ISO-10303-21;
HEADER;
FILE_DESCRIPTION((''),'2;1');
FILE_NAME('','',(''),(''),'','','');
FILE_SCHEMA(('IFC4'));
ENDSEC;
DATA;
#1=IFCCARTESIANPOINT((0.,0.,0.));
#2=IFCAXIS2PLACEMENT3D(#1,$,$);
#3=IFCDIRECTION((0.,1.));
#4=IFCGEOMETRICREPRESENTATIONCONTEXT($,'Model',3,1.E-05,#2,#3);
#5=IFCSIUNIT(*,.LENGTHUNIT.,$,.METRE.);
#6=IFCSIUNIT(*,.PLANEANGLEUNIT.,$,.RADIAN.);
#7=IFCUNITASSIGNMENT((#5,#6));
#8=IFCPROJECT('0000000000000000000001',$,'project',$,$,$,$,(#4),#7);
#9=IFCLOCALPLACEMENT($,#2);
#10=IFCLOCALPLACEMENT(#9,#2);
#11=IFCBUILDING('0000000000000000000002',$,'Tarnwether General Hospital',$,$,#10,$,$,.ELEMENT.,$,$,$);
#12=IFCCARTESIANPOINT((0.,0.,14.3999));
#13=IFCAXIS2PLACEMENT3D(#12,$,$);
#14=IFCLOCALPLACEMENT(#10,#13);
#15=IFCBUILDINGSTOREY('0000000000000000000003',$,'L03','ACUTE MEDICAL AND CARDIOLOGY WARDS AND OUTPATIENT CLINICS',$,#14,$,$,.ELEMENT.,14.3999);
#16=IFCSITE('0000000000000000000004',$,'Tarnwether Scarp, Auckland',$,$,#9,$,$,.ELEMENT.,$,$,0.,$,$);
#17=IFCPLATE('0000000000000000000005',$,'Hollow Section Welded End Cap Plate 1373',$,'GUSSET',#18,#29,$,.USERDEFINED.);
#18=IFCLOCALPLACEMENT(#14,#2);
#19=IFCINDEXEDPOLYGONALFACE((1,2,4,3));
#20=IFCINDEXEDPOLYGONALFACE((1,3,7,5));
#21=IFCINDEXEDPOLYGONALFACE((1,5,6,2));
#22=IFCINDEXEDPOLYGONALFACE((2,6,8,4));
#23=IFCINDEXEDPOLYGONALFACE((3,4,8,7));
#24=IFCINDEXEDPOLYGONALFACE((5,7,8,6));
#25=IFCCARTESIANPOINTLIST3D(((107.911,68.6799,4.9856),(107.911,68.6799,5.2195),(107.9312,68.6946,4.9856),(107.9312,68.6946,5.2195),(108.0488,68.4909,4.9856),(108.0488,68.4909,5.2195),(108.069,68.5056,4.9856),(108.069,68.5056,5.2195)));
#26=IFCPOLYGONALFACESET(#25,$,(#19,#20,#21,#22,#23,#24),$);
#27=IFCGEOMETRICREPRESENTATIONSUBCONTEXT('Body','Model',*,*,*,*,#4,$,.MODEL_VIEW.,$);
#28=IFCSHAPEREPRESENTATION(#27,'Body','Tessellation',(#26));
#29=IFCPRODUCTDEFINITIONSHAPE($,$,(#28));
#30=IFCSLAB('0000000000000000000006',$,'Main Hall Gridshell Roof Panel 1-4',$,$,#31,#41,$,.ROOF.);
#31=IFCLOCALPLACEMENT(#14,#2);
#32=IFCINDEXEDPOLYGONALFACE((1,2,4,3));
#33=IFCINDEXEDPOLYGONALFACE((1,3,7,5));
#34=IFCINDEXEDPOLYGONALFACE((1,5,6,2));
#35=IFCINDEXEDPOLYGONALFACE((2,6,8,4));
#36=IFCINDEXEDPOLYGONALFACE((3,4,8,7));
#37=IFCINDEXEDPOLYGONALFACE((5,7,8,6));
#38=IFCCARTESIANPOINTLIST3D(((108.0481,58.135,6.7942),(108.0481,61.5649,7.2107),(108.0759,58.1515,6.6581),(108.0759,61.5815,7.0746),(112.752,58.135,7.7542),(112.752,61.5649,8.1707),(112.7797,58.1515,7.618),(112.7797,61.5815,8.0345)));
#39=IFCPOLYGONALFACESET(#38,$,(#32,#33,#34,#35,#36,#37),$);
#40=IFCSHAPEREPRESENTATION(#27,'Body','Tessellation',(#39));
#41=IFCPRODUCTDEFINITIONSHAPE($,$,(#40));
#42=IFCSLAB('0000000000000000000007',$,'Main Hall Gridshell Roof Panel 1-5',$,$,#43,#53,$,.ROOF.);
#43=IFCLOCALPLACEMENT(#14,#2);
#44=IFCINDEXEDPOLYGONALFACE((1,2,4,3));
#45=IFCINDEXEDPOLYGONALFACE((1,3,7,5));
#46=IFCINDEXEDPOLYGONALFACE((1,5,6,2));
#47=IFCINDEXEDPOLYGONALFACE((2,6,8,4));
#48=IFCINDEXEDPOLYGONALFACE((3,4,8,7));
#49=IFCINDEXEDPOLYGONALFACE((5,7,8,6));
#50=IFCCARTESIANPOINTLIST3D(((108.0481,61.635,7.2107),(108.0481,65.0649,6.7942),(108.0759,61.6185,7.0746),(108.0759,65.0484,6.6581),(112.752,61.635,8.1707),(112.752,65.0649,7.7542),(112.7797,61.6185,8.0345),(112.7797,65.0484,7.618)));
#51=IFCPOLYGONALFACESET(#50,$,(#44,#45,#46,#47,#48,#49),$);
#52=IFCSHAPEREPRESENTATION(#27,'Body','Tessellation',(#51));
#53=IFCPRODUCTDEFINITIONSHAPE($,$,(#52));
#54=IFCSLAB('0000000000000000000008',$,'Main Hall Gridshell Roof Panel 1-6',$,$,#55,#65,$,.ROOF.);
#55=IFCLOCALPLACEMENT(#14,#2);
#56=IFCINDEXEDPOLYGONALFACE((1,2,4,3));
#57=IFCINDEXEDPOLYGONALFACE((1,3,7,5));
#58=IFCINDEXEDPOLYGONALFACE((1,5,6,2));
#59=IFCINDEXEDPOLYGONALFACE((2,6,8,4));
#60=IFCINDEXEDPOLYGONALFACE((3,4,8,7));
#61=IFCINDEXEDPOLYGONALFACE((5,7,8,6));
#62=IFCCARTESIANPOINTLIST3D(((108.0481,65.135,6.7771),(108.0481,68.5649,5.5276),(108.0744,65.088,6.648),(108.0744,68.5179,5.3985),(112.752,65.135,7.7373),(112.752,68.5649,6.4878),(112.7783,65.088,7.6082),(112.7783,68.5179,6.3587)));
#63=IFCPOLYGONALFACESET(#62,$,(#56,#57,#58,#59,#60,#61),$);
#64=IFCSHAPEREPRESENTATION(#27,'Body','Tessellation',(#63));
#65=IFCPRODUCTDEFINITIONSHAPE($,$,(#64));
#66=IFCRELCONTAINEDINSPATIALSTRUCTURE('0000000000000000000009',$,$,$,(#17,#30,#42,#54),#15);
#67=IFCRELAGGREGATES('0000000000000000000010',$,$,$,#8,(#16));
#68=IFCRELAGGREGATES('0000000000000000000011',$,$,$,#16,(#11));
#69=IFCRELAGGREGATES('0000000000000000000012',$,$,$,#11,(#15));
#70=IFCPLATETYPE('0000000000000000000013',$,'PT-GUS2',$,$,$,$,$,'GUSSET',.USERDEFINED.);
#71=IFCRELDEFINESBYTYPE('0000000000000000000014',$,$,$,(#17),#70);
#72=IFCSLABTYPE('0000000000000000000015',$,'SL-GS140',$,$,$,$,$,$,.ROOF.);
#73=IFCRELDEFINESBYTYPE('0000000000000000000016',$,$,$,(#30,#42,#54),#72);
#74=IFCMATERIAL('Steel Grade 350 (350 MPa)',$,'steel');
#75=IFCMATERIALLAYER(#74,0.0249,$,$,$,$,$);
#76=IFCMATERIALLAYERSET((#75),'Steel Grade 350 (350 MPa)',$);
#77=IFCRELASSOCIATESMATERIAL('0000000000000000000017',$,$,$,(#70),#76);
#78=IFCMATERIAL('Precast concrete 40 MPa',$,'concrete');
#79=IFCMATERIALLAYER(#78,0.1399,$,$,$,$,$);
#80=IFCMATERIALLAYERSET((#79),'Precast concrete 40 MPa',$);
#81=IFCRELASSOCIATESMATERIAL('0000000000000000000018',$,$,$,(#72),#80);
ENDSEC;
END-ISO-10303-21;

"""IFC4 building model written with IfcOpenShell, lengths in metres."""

from ifc_helpers import new_model, si_unit, direction, frame, origin, origin_2d, place, context, subcontext, project, spatial, polyline, rectangle, outline, extrude, material, layer, layer_set, type_object, element, save


model = new_model("IFC4")

# Units and contexts
model_context = context("Model", 3, precision=1e-05, world=origin(), true_north=direction((0.0, 1.0)))
body_context = subcontext(model_context, "Body", "Model", "MODEL_VIEW")
ifc_project = project(units=[si_unit("LENGTHUNIT", "METRE"), si_unit("PLANEANGLEUNIT", "RADIAN")], contexts=[model_context])

# Site, building, storey
site_placement = place(None, origin())
site = spatial("IfcSite", under=ifc_project, at=site_placement, Name="Tarnwether Scarp, Auckland", CompositionType="ELEMENT", RefElevation=0.0)
building_placement = place(site_placement, origin())
building = spatial("IfcBuilding", under=site, at=building_placement, Name="Tarnwether General Hospital", CompositionType="ELEMENT")
storey_placement = place(building_placement, frame((0.0, 0.0, 14.3999)))
storey = spatial("IfcBuildingStorey", under=building, at=storey_placement, Name="L03", Description="ACUTE MEDICAL AND CARDIOLOGY WARDS AND OUTPATIENT CLINICS", CompositionType="ELEMENT", Elevation=14.3999)

# Plate
ifc_material_1 = material(Name="Steel Grade 350 (350 MPa)", Category="steel")
ifc_layer_1 = layer(ifc_material_1, 0.0249)
ifc_layer_set_1 = layer_set([ifc_layer_1], Name="Steel Grade 350 (350 MPa)")
plate_type = type_object("IfcPlateType", Name="PT-GUS2", ElementType="GUSSET", PredefinedType="USERDEFINED", material=ifc_layer_set_1)
plate_1_placement = place(storey_placement, frame((107.99, 68.5928, 4.9856), z_axis=(0.0, 0.0, 1.0), x_axis=(0.80801, 0.589168, 0.0)))
element("IfcPlate", 1, at=plate_1_placement, inside=storey, type_object=plate_type, Name="Hollow Section Welded End Cap Plate 1373", ObjectType="GUSSET", PredefinedType="USERDEFINED", context=body_context, shape_type="SweptSolid", body=[
    extrude(rectangle(XDim=0.0249, YDim=0.2339, at=origin_2d()), origin(), (0.0, 0.0, 1.0), 0.2339),
])

# Slabs
ifc_material_2 = material(Name="Precast concrete 40 MPa", Category="concrete")
ifc_layer_2 = layer(ifc_material_2, 0.1399)
ifc_layer_set_2 = layer_set([ifc_layer_2], Name="Precast concrete 40 MPa")
slab_type = type_object("IfcSlabType", Name="SL-GS140", PredefinedType="ROOF", material=ifc_layer_set_2)
slab_1_placement = place(storey_placement, frame((108.0481, 58.135, 6.7942), z_axis=(-0.198558, -0.118146, 0.972942), x_axis=(0.979804, 0.0, 0.199958)))
element("IfcSlab", 2, at=slab_1_placement, inside=storey, type_object=slab_type, Name="Main Hall Gridshell Roof Panel 1-4", PredefinedType="ROOF", context=body_context, shape_type="SweptSolid", body=[
    extrude(outline(polyline([(0.0, 0.0), (4.8008, 0.0), (4.8841, 3.4541), (0.0833, 3.4541), (0.0, 0.0)])), origin(), (0.0, 0.0, -1.0), 0.1399),
])
slab_2_placement = place(storey_placement, frame((108.0481, 61.635, 7.2107), z_axis=(-0.198558, 0.118146, 0.972942), x_axis=(0.979804, 0.0, 0.199958)))
element("IfcSlab", 3, at=slab_2_placement, inside=storey, type_object=slab_type, Name="Main Hall Gridshell Roof Panel 1-5", PredefinedType="ROOF", context=body_context, shape_type="SweptSolid", body=[
    extrude(outline(polyline([(0.0, 0.0), (4.8008, 0.0), (4.7175, 3.4541), (-0.0833, 3.4541), (0.0, 0.0)])), origin(), (0.0, 0.0, -1.0), 0.1399),
])
slab_3_placement = place(storey_placement, frame((108.0481, 65.135, 6.7771), z_axis=(-0.188367, 0.336163, 0.922774), x_axis=(0.979795, 0.0, 0.200007)))
element("IfcSlab", 4, at=slab_3_placement, inside=storey, type_object=slab_type, Name="Main Hall Gridshell Roof Panel 1-6", PredefinedType="ROOF", context=body_context, shape_type="SweptSolid", body=[
    extrude(outline(polyline([(0.0, 0.0), (4.8009, 0.0), (4.551, 3.6419), (-0.2499, 3.6419), (0.0, 0.0)])), origin(), (0.0, 0.0, -1.0), 0.1399),
])

save(model, "model.ifc")
